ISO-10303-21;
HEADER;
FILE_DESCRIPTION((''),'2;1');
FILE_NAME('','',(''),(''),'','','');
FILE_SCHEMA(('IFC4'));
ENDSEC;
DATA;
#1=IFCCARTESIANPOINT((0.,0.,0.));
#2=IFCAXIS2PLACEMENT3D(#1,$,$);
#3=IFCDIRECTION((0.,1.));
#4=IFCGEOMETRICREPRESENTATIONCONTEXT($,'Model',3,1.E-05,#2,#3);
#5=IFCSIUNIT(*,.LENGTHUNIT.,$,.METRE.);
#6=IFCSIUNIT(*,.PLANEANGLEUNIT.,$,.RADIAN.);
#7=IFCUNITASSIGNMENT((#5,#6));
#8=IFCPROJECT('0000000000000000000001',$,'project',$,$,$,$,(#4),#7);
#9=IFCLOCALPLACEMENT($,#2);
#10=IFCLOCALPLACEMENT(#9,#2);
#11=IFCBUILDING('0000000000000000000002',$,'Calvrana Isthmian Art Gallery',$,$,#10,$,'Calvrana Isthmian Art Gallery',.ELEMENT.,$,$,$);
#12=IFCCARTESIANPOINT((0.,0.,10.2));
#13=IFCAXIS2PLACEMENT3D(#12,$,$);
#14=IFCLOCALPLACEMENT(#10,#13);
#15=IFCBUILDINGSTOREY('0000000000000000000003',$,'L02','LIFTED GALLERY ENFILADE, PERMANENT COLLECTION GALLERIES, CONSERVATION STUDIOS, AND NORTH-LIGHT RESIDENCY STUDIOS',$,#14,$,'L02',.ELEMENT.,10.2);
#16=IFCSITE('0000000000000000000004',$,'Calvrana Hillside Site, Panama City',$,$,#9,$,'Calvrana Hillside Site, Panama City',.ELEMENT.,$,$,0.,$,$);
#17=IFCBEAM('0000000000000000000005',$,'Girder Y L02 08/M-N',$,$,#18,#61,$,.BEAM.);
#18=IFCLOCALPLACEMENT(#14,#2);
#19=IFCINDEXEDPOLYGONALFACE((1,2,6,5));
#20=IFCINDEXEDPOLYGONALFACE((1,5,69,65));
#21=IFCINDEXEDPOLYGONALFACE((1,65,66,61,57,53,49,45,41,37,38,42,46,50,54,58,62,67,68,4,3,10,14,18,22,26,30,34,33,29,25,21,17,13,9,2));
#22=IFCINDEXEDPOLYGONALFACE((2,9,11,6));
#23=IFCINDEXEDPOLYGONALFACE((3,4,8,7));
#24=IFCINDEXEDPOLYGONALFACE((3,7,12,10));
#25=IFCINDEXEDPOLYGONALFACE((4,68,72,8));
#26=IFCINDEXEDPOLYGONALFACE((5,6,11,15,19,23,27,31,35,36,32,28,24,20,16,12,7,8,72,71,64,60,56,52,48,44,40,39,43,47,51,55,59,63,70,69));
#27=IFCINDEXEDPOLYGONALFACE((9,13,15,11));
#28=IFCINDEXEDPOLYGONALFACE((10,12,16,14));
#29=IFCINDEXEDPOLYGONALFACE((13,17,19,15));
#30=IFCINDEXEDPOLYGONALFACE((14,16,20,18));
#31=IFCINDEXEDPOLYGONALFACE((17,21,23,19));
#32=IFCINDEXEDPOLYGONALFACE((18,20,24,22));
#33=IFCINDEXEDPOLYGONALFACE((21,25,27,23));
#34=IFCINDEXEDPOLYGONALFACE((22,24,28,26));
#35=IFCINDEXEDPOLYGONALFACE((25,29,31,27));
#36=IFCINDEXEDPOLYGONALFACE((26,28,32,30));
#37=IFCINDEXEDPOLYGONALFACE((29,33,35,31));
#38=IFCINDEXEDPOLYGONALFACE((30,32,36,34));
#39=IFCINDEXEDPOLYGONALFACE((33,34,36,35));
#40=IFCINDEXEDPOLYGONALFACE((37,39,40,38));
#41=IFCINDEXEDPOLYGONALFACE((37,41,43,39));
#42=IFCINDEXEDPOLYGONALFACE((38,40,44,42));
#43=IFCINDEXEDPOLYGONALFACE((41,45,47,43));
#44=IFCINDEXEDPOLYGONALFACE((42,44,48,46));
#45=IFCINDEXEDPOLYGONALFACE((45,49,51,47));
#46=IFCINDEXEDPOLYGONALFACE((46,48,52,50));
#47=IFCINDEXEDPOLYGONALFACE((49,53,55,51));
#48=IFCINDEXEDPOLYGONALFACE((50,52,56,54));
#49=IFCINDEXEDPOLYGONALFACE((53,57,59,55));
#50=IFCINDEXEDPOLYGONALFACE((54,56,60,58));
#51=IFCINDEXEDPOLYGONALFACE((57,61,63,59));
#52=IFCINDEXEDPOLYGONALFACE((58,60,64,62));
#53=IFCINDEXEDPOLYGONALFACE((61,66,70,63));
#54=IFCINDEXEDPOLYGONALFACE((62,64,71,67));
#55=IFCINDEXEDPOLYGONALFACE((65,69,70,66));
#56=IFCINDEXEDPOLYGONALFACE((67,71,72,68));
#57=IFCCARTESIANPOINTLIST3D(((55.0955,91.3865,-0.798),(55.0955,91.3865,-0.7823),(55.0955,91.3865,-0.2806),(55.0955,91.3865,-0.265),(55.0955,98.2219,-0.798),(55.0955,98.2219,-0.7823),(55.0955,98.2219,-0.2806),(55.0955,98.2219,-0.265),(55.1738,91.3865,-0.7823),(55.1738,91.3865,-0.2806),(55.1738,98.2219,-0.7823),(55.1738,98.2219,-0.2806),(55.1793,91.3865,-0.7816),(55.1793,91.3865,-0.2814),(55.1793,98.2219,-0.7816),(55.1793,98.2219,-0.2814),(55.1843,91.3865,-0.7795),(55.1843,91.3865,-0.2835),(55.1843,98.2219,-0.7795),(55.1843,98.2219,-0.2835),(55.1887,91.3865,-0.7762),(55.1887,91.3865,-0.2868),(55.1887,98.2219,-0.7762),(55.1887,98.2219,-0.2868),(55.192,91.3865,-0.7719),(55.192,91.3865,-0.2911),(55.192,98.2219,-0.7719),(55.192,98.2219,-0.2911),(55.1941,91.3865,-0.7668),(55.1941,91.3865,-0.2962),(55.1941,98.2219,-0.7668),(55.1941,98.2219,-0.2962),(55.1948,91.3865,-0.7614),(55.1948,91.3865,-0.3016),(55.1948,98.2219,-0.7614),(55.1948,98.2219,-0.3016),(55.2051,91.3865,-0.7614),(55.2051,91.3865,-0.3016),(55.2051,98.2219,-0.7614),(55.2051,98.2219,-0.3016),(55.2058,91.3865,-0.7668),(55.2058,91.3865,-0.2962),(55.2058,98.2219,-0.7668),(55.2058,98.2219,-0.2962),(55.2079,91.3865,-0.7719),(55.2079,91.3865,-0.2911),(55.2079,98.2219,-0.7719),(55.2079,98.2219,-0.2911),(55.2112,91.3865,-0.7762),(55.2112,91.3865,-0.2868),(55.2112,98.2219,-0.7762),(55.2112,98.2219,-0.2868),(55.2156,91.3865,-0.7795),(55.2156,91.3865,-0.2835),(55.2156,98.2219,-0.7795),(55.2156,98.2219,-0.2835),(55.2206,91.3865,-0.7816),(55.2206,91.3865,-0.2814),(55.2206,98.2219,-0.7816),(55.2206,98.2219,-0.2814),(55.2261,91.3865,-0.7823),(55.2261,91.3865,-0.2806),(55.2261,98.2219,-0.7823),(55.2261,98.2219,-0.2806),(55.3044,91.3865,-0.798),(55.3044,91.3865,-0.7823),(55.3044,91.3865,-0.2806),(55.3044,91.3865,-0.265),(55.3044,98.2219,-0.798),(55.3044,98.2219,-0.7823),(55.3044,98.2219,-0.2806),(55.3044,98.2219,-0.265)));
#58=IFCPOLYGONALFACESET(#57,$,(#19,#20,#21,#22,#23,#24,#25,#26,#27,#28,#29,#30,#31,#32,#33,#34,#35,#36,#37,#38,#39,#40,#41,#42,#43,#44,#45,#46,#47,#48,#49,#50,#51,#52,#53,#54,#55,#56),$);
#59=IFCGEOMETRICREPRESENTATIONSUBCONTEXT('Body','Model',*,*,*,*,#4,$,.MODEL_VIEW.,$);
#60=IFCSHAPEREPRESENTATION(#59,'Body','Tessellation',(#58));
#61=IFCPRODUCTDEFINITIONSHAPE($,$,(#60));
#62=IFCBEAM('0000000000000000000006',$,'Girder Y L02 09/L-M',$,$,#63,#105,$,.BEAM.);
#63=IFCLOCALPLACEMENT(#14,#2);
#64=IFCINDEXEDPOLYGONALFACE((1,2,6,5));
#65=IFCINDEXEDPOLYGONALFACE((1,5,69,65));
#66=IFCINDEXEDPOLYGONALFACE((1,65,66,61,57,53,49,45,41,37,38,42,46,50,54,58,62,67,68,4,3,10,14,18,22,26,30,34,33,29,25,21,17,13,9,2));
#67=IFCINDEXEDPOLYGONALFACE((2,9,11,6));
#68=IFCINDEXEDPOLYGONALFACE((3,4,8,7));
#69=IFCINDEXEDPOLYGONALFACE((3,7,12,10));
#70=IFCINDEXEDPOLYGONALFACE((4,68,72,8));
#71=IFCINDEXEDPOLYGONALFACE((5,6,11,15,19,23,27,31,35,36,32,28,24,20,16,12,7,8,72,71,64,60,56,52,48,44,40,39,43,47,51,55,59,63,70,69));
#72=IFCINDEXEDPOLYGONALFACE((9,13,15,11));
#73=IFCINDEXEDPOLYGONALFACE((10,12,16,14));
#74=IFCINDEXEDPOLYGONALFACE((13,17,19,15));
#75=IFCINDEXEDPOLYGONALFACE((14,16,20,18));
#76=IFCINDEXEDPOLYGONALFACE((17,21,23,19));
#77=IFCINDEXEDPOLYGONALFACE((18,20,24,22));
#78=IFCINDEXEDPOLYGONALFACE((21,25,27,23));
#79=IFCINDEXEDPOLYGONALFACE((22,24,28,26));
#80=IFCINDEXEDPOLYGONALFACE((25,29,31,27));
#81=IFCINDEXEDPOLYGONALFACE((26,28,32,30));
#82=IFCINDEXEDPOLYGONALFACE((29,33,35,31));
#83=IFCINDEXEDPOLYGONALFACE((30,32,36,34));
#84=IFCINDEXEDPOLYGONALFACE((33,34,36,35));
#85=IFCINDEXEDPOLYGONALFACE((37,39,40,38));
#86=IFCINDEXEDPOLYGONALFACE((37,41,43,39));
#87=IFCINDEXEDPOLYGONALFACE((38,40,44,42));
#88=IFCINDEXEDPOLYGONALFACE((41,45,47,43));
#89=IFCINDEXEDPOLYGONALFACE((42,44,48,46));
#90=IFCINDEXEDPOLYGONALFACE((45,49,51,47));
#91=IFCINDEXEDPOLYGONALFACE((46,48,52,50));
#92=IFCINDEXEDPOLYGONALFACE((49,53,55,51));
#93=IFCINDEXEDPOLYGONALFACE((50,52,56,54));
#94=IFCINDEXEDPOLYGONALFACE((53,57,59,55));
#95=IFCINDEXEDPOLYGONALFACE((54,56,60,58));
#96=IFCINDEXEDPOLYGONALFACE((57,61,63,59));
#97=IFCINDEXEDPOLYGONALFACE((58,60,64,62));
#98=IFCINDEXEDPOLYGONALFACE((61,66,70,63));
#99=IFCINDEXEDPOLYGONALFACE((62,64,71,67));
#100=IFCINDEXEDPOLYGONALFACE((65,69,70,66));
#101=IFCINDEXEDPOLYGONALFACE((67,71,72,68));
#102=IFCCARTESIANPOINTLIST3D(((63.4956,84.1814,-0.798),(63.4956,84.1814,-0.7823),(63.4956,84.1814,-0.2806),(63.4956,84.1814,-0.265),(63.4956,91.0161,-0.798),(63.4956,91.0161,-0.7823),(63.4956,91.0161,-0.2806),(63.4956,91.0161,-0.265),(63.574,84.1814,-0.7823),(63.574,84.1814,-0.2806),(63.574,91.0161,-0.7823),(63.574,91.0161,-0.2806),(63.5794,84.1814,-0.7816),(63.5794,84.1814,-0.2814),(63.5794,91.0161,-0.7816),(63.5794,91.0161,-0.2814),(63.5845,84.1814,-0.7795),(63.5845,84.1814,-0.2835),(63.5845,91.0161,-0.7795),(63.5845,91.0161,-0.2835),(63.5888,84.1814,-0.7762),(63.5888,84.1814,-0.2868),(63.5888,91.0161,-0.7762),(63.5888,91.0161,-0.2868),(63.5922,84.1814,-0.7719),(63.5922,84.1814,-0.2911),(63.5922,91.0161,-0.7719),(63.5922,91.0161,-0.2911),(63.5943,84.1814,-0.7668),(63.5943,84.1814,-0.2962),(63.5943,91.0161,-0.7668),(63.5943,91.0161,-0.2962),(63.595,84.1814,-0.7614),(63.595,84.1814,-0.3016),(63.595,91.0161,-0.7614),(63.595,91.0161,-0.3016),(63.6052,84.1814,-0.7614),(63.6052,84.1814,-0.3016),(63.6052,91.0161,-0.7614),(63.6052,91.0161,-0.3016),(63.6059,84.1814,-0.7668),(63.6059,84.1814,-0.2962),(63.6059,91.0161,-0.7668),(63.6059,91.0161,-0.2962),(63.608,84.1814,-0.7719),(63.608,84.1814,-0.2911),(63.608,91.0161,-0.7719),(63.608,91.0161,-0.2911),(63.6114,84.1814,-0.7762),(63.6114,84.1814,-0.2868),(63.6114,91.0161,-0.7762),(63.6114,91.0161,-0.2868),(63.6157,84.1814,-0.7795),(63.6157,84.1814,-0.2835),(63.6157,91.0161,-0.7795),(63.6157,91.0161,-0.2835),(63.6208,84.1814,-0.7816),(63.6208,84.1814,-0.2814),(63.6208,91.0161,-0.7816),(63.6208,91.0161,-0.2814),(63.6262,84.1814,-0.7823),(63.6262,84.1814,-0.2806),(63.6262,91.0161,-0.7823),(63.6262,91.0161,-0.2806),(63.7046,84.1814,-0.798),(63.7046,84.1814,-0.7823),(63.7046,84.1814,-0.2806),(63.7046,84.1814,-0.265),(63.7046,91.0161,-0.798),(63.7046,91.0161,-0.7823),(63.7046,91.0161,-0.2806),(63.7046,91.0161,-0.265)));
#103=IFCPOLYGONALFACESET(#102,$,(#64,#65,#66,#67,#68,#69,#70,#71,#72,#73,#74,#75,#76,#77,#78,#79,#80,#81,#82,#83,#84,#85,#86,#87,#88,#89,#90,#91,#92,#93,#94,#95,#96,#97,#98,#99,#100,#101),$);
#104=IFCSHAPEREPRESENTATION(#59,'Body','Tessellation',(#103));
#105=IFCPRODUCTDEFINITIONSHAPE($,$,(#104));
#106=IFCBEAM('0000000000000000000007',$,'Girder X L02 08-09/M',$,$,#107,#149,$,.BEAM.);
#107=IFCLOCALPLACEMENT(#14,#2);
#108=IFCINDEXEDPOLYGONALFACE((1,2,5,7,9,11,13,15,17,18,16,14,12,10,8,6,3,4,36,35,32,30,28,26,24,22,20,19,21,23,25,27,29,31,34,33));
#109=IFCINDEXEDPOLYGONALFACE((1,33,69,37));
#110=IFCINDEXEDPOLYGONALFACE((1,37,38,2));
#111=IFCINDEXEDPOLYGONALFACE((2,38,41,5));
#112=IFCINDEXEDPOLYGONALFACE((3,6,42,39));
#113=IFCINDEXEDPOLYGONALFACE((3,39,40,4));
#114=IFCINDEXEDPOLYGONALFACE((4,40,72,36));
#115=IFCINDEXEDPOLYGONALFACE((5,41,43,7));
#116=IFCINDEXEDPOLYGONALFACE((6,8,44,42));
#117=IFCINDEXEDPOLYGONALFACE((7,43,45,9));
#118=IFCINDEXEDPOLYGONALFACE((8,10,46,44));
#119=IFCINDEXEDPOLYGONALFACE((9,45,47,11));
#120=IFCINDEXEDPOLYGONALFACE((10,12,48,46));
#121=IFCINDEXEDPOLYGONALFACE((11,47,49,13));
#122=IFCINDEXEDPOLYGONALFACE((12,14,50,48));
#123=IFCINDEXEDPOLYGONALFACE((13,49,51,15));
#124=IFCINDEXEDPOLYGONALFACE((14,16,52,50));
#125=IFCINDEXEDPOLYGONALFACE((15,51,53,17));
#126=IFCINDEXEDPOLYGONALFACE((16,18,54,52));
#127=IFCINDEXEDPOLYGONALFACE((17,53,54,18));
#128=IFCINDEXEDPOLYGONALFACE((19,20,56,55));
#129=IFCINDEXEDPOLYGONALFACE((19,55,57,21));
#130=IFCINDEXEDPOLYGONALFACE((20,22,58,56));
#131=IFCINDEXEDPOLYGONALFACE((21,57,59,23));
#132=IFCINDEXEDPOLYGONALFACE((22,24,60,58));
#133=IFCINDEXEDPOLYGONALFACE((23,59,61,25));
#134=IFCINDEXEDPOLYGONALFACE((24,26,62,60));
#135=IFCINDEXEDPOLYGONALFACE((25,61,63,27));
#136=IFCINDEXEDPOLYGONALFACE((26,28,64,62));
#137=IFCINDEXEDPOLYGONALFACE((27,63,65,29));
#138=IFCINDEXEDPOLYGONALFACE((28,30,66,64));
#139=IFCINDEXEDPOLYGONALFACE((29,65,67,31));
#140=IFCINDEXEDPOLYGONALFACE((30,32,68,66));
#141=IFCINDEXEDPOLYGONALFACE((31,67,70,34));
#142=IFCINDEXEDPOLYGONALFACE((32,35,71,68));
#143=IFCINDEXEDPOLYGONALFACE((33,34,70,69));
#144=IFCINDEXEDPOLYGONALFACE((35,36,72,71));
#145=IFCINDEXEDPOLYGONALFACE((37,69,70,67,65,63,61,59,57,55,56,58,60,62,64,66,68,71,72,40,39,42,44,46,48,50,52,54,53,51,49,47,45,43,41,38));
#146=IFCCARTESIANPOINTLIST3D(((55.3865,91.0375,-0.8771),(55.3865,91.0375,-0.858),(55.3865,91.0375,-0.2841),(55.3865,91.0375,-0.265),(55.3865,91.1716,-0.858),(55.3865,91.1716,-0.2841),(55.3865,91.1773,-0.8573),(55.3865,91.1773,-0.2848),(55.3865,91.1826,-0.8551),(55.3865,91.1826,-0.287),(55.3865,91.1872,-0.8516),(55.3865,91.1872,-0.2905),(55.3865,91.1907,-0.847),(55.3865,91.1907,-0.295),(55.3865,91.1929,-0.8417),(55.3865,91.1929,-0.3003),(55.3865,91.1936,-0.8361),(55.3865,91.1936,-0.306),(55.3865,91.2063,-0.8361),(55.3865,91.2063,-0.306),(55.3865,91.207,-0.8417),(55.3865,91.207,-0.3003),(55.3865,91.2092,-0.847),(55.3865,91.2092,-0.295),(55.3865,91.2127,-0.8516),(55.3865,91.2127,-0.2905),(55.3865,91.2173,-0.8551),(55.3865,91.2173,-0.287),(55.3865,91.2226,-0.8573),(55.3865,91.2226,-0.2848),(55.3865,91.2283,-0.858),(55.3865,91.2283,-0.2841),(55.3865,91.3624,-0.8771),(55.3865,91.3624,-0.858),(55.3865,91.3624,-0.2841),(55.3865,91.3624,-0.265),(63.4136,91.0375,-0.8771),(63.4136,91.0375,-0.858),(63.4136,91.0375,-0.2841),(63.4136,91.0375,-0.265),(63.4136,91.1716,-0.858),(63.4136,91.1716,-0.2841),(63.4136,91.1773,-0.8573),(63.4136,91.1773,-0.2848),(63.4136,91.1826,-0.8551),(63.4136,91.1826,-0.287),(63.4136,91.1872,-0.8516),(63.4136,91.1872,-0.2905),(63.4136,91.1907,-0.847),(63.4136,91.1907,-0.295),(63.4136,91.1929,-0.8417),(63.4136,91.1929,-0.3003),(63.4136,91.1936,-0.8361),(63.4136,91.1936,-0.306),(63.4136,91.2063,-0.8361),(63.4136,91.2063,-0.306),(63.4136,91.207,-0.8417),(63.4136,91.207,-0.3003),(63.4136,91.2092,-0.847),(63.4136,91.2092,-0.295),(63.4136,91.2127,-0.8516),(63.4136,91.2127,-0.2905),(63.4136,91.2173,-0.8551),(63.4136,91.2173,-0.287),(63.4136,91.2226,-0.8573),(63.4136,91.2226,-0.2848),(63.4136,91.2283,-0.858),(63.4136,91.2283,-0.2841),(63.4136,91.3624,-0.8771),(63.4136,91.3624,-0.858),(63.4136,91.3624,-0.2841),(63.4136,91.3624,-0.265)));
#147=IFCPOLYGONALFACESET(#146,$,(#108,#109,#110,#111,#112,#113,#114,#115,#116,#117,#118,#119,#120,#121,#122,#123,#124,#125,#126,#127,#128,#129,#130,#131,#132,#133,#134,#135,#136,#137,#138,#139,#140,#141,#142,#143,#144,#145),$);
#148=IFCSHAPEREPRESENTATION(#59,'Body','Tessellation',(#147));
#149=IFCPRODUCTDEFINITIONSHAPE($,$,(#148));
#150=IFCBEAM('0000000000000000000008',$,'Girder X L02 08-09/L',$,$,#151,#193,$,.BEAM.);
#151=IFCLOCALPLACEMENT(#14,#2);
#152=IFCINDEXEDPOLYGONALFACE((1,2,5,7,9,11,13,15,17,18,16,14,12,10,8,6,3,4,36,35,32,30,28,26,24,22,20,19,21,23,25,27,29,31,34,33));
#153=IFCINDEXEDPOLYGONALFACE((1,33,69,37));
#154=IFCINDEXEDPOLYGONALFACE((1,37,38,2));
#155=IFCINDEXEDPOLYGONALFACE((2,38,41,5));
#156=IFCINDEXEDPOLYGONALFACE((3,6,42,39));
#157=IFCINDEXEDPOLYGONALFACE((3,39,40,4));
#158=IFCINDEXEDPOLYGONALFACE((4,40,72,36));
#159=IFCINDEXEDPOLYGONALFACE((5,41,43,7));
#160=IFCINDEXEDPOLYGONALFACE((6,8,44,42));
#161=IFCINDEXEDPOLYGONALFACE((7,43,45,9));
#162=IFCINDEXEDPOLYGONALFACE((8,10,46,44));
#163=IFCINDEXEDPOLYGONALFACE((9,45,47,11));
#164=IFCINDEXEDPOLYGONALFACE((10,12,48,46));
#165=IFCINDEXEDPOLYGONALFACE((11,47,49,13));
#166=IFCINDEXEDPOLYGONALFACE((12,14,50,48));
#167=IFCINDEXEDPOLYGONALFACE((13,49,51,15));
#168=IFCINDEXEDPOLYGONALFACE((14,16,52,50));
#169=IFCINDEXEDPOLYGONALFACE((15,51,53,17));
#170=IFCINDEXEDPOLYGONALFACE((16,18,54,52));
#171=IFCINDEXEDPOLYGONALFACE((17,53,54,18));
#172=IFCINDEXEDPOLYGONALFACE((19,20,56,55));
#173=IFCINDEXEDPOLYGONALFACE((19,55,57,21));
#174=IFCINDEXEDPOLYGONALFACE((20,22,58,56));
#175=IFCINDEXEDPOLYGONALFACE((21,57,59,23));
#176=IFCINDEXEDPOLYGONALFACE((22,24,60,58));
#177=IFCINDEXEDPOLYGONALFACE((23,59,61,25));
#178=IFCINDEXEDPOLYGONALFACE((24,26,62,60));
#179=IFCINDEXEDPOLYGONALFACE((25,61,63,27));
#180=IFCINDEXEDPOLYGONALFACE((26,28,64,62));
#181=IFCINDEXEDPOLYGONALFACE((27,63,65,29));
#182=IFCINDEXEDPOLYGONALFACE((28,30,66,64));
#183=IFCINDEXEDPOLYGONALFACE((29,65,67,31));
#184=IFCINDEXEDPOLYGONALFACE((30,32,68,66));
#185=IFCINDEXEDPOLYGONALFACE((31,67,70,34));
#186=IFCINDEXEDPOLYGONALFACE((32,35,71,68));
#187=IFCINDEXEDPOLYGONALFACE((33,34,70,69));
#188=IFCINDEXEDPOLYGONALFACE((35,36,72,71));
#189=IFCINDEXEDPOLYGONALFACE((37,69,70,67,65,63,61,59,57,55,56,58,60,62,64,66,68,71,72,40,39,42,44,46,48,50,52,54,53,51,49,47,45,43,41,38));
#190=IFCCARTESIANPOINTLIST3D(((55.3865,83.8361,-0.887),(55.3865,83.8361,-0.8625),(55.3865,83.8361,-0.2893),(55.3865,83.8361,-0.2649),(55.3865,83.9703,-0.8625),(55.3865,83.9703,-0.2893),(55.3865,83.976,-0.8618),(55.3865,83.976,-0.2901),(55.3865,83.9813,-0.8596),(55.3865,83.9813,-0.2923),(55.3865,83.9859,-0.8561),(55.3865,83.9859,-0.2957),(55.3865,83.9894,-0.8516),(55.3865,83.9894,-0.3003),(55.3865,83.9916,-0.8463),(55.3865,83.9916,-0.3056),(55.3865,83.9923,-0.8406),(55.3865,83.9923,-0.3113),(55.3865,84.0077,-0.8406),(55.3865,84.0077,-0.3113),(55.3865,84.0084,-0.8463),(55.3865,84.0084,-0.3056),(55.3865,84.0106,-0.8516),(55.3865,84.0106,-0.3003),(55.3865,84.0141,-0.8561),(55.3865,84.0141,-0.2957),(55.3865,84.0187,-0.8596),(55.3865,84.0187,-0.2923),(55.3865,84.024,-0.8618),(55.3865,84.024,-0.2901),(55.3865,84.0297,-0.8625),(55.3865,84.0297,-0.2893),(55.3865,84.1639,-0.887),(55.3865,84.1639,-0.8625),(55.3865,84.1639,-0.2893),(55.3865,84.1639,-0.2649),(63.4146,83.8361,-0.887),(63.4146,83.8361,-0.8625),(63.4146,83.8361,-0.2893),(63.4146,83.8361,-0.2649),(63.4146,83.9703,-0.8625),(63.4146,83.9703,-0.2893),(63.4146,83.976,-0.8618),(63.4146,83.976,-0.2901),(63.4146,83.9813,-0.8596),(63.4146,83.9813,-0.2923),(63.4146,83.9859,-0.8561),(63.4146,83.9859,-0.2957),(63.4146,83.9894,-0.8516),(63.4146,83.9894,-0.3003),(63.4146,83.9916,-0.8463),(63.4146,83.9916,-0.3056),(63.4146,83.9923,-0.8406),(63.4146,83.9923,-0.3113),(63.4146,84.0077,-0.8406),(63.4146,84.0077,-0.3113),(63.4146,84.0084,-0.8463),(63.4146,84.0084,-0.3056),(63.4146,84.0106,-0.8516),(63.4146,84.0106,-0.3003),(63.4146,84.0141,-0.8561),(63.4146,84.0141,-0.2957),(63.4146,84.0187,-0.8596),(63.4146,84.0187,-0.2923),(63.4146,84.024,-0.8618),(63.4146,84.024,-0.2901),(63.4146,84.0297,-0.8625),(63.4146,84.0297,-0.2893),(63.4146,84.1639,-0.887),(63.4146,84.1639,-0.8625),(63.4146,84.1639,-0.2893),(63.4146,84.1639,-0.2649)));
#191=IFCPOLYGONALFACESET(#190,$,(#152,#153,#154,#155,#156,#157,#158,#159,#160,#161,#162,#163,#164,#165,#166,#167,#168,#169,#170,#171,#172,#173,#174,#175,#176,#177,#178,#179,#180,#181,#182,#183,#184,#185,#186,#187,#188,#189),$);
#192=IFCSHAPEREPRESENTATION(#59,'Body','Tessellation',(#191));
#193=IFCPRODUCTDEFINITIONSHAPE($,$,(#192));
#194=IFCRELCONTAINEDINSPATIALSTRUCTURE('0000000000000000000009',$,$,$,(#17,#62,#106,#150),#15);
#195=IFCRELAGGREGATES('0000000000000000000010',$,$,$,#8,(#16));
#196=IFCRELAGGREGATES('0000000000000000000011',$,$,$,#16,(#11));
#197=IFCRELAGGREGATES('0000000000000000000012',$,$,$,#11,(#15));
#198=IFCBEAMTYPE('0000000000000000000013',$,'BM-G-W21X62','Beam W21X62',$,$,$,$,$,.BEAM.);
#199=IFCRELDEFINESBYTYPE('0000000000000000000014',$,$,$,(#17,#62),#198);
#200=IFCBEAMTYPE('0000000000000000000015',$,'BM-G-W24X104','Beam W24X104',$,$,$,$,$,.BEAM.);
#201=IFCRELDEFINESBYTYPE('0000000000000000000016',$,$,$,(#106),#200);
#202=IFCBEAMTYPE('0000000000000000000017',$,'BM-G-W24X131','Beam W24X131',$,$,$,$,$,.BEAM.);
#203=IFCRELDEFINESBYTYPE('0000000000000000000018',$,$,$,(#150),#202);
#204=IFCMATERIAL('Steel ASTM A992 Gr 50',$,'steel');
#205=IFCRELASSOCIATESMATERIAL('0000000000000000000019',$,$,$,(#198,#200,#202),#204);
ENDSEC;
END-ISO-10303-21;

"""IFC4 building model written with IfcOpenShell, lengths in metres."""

from ifc_helpers import new_model, si_unit, direction, frame, origin, origin_2d, place, context, subcontext, project, spatial, i_section, extrude, material, material_profile, profile_set, type_object, element, save


model = new_model("IFC4")

# Units and contexts
model_context = context("Model", 3, precision=1e-05, world=origin(), true_north=direction((0.0, 1.0)))
body_context = subcontext(model_context, "Body", "Model", "MODEL_VIEW")
ifc_project = project(units=[si_unit("LENGTHUNIT", "METRE"), si_unit("PLANEANGLEUNIT", "RADIAN")], contexts=[model_context])

# Site, building, storey
site_placement = place(None, origin())
site = spatial("IfcSite", under=ifc_project, at=site_placement, Name="Calvrana Hillside Site, Panama City", LongName="Calvrana Hillside Site, Panama City", CompositionType="ELEMENT", RefElevation=0.0)
building_placement = place(site_placement, origin())
building = spatial("IfcBuilding", under=site, at=building_placement, Name="Calvrana Isthmian Art Gallery", LongName="Calvrana Isthmian Art Gallery", CompositionType="ELEMENT")
storey_placement = place(building_placement, frame((0.0, 0.0, 10.2)))
storey = spatial("IfcBuildingStorey", under=building, at=storey_placement, Name="L02", Description="LIFTED GALLERY ENFILADE, PERMANENT COLLECTION GALLERIES, CONSERVATION STUDIOS, AND NORTH-LIGHT RESIDENCY STUDIOS", LongName="L02", CompositionType="ELEMENT", Elevation=10.2)

# Beams
ifc_material_1 = material(Name="Steel ASTM A992 Gr 50", Category="steel")
ifc_material_profile_1 = material_profile(ifc_material_1, i_section(OverallWidth=0.209, OverallDepth=0.533, WebThickness=0.0103, FlangeThickness=0.0156, FilletRadius=0.021, at=origin_2d()), Name="W21X62")
ifc_profile_set_1 = profile_set([ifc_material_profile_1], Name="Steel ASTM A992 Gr 50")
beam_type_1 = type_object("IfcBeamType", Name="BM-G-W21X62", Description="Beam W21X62", PredefinedType="BEAM", material=ifc_profile_set_1)
beam_1_placement = place(storey_placement, frame((55.2, 91.3865, -0.5315), z_axis=(0.0, 1.0, 0.0), x_axis=(-1.0, 0.0, 0.0)))
element("IfcBeam", 1, at=beam_1_placement, inside=storey, type_object=beam_type_1, Name="Girder Y L02 08/M-N", PredefinedType="BEAM", context=body_context, shape_type="SweptSolid", body=[
    extrude(i_section(OverallWidth=0.209, OverallDepth=0.533, WebThickness=0.0103, FlangeThickness=0.0156, FilletRadius=0.021, at=origin_2d()), origin(), (0.0, 0.0, 1.0), 6.8354),
])
beam_2_placement = place(storey_placement, frame((63.6001, 84.1814, -0.5315), z_axis=(0.0, 1.0, 0.0), x_axis=(-1.0, 0.0, 0.0)))
element("IfcBeam", 2, at=beam_2_placement, inside=storey, type_object=beam_type_1, Name="Girder Y L02 09/L-M", PredefinedType="BEAM", context=body_context, shape_type="SweptSolid", body=[
    extrude(i_section(OverallWidth=0.209, OverallDepth=0.533, WebThickness=0.0103, FlangeThickness=0.0156, FilletRadius=0.021, at=origin_2d()), origin(), (0.0, 0.0, 1.0), 6.8347),
])
ifc_material_profile_2 = material_profile(ifc_material_1, i_section(OverallWidth=0.325, OverallDepth=0.6121, WebThickness=0.0127, FlangeThickness=0.019, FilletRadius=0.022, at=origin_2d()), Name="W24X104")
ifc_profile_set_2 = profile_set([ifc_material_profile_2], Name="Steel ASTM A992 Gr 50")
beam_type_2 = type_object("IfcBeamType", Name="BM-G-W24X104", Description="Beam W24X104", PredefinedType="BEAM", material=ifc_profile_set_2)
beam_3_placement = place(storey_placement, frame((55.3865, 91.2, -0.571), z_axis=(1.0, 0.0, 0.0), x_axis=(0.0, 1.0, 0.0)))
element("IfcBeam", 3, at=beam_3_placement, inside=storey, type_object=beam_type_2, Name="Girder X L02 08-09/M", PredefinedType="BEAM", context=body_context, shape_type="SweptSolid", body=[
    extrude(i_section(OverallWidth=0.325, OverallDepth=0.6121, WebThickness=0.0127, FlangeThickness=0.019, FilletRadius=0.022, at=origin_2d()), origin(), (0.0, 0.0, 1.0), 8.0271),
])
ifc_material_profile_3 = material_profile(ifc_material_1, i_section(OverallWidth=0.3279, OverallDepth=0.6221, WebThickness=0.0154, FlangeThickness=0.0244, FilletRadius=0.022, at=origin_2d()), Name="W24X131")
ifc_profile_set_3 = profile_set([ifc_material_profile_3], Name="Steel ASTM A992 Gr 50")
beam_type_3 = type_object("IfcBeamType", Name="BM-G-W24X131", Description="Beam W24X131", PredefinedType="BEAM", material=ifc_profile_set_3)
beam_4_placement = place(storey_placement, frame((55.3865, 84.0, -0.5759), z_axis=(1.0, 0.0, 0.0), x_axis=(0.0, 1.0, 0.0)))
element("IfcBeam", 4, at=beam_4_placement, inside=storey, type_object=beam_type_3, Name="Girder X L02 08-09/L", PredefinedType="BEAM", context=body_context, shape_type="SweptSolid", body=[
    extrude(i_section(OverallWidth=0.3279, OverallDepth=0.6221, WebThickness=0.0154, FlangeThickness=0.0244, FilletRadius=0.022, at=origin_2d()), origin(), (0.0, 0.0, 1.0), 8.0281),
])

save(model, "model.ifc")
